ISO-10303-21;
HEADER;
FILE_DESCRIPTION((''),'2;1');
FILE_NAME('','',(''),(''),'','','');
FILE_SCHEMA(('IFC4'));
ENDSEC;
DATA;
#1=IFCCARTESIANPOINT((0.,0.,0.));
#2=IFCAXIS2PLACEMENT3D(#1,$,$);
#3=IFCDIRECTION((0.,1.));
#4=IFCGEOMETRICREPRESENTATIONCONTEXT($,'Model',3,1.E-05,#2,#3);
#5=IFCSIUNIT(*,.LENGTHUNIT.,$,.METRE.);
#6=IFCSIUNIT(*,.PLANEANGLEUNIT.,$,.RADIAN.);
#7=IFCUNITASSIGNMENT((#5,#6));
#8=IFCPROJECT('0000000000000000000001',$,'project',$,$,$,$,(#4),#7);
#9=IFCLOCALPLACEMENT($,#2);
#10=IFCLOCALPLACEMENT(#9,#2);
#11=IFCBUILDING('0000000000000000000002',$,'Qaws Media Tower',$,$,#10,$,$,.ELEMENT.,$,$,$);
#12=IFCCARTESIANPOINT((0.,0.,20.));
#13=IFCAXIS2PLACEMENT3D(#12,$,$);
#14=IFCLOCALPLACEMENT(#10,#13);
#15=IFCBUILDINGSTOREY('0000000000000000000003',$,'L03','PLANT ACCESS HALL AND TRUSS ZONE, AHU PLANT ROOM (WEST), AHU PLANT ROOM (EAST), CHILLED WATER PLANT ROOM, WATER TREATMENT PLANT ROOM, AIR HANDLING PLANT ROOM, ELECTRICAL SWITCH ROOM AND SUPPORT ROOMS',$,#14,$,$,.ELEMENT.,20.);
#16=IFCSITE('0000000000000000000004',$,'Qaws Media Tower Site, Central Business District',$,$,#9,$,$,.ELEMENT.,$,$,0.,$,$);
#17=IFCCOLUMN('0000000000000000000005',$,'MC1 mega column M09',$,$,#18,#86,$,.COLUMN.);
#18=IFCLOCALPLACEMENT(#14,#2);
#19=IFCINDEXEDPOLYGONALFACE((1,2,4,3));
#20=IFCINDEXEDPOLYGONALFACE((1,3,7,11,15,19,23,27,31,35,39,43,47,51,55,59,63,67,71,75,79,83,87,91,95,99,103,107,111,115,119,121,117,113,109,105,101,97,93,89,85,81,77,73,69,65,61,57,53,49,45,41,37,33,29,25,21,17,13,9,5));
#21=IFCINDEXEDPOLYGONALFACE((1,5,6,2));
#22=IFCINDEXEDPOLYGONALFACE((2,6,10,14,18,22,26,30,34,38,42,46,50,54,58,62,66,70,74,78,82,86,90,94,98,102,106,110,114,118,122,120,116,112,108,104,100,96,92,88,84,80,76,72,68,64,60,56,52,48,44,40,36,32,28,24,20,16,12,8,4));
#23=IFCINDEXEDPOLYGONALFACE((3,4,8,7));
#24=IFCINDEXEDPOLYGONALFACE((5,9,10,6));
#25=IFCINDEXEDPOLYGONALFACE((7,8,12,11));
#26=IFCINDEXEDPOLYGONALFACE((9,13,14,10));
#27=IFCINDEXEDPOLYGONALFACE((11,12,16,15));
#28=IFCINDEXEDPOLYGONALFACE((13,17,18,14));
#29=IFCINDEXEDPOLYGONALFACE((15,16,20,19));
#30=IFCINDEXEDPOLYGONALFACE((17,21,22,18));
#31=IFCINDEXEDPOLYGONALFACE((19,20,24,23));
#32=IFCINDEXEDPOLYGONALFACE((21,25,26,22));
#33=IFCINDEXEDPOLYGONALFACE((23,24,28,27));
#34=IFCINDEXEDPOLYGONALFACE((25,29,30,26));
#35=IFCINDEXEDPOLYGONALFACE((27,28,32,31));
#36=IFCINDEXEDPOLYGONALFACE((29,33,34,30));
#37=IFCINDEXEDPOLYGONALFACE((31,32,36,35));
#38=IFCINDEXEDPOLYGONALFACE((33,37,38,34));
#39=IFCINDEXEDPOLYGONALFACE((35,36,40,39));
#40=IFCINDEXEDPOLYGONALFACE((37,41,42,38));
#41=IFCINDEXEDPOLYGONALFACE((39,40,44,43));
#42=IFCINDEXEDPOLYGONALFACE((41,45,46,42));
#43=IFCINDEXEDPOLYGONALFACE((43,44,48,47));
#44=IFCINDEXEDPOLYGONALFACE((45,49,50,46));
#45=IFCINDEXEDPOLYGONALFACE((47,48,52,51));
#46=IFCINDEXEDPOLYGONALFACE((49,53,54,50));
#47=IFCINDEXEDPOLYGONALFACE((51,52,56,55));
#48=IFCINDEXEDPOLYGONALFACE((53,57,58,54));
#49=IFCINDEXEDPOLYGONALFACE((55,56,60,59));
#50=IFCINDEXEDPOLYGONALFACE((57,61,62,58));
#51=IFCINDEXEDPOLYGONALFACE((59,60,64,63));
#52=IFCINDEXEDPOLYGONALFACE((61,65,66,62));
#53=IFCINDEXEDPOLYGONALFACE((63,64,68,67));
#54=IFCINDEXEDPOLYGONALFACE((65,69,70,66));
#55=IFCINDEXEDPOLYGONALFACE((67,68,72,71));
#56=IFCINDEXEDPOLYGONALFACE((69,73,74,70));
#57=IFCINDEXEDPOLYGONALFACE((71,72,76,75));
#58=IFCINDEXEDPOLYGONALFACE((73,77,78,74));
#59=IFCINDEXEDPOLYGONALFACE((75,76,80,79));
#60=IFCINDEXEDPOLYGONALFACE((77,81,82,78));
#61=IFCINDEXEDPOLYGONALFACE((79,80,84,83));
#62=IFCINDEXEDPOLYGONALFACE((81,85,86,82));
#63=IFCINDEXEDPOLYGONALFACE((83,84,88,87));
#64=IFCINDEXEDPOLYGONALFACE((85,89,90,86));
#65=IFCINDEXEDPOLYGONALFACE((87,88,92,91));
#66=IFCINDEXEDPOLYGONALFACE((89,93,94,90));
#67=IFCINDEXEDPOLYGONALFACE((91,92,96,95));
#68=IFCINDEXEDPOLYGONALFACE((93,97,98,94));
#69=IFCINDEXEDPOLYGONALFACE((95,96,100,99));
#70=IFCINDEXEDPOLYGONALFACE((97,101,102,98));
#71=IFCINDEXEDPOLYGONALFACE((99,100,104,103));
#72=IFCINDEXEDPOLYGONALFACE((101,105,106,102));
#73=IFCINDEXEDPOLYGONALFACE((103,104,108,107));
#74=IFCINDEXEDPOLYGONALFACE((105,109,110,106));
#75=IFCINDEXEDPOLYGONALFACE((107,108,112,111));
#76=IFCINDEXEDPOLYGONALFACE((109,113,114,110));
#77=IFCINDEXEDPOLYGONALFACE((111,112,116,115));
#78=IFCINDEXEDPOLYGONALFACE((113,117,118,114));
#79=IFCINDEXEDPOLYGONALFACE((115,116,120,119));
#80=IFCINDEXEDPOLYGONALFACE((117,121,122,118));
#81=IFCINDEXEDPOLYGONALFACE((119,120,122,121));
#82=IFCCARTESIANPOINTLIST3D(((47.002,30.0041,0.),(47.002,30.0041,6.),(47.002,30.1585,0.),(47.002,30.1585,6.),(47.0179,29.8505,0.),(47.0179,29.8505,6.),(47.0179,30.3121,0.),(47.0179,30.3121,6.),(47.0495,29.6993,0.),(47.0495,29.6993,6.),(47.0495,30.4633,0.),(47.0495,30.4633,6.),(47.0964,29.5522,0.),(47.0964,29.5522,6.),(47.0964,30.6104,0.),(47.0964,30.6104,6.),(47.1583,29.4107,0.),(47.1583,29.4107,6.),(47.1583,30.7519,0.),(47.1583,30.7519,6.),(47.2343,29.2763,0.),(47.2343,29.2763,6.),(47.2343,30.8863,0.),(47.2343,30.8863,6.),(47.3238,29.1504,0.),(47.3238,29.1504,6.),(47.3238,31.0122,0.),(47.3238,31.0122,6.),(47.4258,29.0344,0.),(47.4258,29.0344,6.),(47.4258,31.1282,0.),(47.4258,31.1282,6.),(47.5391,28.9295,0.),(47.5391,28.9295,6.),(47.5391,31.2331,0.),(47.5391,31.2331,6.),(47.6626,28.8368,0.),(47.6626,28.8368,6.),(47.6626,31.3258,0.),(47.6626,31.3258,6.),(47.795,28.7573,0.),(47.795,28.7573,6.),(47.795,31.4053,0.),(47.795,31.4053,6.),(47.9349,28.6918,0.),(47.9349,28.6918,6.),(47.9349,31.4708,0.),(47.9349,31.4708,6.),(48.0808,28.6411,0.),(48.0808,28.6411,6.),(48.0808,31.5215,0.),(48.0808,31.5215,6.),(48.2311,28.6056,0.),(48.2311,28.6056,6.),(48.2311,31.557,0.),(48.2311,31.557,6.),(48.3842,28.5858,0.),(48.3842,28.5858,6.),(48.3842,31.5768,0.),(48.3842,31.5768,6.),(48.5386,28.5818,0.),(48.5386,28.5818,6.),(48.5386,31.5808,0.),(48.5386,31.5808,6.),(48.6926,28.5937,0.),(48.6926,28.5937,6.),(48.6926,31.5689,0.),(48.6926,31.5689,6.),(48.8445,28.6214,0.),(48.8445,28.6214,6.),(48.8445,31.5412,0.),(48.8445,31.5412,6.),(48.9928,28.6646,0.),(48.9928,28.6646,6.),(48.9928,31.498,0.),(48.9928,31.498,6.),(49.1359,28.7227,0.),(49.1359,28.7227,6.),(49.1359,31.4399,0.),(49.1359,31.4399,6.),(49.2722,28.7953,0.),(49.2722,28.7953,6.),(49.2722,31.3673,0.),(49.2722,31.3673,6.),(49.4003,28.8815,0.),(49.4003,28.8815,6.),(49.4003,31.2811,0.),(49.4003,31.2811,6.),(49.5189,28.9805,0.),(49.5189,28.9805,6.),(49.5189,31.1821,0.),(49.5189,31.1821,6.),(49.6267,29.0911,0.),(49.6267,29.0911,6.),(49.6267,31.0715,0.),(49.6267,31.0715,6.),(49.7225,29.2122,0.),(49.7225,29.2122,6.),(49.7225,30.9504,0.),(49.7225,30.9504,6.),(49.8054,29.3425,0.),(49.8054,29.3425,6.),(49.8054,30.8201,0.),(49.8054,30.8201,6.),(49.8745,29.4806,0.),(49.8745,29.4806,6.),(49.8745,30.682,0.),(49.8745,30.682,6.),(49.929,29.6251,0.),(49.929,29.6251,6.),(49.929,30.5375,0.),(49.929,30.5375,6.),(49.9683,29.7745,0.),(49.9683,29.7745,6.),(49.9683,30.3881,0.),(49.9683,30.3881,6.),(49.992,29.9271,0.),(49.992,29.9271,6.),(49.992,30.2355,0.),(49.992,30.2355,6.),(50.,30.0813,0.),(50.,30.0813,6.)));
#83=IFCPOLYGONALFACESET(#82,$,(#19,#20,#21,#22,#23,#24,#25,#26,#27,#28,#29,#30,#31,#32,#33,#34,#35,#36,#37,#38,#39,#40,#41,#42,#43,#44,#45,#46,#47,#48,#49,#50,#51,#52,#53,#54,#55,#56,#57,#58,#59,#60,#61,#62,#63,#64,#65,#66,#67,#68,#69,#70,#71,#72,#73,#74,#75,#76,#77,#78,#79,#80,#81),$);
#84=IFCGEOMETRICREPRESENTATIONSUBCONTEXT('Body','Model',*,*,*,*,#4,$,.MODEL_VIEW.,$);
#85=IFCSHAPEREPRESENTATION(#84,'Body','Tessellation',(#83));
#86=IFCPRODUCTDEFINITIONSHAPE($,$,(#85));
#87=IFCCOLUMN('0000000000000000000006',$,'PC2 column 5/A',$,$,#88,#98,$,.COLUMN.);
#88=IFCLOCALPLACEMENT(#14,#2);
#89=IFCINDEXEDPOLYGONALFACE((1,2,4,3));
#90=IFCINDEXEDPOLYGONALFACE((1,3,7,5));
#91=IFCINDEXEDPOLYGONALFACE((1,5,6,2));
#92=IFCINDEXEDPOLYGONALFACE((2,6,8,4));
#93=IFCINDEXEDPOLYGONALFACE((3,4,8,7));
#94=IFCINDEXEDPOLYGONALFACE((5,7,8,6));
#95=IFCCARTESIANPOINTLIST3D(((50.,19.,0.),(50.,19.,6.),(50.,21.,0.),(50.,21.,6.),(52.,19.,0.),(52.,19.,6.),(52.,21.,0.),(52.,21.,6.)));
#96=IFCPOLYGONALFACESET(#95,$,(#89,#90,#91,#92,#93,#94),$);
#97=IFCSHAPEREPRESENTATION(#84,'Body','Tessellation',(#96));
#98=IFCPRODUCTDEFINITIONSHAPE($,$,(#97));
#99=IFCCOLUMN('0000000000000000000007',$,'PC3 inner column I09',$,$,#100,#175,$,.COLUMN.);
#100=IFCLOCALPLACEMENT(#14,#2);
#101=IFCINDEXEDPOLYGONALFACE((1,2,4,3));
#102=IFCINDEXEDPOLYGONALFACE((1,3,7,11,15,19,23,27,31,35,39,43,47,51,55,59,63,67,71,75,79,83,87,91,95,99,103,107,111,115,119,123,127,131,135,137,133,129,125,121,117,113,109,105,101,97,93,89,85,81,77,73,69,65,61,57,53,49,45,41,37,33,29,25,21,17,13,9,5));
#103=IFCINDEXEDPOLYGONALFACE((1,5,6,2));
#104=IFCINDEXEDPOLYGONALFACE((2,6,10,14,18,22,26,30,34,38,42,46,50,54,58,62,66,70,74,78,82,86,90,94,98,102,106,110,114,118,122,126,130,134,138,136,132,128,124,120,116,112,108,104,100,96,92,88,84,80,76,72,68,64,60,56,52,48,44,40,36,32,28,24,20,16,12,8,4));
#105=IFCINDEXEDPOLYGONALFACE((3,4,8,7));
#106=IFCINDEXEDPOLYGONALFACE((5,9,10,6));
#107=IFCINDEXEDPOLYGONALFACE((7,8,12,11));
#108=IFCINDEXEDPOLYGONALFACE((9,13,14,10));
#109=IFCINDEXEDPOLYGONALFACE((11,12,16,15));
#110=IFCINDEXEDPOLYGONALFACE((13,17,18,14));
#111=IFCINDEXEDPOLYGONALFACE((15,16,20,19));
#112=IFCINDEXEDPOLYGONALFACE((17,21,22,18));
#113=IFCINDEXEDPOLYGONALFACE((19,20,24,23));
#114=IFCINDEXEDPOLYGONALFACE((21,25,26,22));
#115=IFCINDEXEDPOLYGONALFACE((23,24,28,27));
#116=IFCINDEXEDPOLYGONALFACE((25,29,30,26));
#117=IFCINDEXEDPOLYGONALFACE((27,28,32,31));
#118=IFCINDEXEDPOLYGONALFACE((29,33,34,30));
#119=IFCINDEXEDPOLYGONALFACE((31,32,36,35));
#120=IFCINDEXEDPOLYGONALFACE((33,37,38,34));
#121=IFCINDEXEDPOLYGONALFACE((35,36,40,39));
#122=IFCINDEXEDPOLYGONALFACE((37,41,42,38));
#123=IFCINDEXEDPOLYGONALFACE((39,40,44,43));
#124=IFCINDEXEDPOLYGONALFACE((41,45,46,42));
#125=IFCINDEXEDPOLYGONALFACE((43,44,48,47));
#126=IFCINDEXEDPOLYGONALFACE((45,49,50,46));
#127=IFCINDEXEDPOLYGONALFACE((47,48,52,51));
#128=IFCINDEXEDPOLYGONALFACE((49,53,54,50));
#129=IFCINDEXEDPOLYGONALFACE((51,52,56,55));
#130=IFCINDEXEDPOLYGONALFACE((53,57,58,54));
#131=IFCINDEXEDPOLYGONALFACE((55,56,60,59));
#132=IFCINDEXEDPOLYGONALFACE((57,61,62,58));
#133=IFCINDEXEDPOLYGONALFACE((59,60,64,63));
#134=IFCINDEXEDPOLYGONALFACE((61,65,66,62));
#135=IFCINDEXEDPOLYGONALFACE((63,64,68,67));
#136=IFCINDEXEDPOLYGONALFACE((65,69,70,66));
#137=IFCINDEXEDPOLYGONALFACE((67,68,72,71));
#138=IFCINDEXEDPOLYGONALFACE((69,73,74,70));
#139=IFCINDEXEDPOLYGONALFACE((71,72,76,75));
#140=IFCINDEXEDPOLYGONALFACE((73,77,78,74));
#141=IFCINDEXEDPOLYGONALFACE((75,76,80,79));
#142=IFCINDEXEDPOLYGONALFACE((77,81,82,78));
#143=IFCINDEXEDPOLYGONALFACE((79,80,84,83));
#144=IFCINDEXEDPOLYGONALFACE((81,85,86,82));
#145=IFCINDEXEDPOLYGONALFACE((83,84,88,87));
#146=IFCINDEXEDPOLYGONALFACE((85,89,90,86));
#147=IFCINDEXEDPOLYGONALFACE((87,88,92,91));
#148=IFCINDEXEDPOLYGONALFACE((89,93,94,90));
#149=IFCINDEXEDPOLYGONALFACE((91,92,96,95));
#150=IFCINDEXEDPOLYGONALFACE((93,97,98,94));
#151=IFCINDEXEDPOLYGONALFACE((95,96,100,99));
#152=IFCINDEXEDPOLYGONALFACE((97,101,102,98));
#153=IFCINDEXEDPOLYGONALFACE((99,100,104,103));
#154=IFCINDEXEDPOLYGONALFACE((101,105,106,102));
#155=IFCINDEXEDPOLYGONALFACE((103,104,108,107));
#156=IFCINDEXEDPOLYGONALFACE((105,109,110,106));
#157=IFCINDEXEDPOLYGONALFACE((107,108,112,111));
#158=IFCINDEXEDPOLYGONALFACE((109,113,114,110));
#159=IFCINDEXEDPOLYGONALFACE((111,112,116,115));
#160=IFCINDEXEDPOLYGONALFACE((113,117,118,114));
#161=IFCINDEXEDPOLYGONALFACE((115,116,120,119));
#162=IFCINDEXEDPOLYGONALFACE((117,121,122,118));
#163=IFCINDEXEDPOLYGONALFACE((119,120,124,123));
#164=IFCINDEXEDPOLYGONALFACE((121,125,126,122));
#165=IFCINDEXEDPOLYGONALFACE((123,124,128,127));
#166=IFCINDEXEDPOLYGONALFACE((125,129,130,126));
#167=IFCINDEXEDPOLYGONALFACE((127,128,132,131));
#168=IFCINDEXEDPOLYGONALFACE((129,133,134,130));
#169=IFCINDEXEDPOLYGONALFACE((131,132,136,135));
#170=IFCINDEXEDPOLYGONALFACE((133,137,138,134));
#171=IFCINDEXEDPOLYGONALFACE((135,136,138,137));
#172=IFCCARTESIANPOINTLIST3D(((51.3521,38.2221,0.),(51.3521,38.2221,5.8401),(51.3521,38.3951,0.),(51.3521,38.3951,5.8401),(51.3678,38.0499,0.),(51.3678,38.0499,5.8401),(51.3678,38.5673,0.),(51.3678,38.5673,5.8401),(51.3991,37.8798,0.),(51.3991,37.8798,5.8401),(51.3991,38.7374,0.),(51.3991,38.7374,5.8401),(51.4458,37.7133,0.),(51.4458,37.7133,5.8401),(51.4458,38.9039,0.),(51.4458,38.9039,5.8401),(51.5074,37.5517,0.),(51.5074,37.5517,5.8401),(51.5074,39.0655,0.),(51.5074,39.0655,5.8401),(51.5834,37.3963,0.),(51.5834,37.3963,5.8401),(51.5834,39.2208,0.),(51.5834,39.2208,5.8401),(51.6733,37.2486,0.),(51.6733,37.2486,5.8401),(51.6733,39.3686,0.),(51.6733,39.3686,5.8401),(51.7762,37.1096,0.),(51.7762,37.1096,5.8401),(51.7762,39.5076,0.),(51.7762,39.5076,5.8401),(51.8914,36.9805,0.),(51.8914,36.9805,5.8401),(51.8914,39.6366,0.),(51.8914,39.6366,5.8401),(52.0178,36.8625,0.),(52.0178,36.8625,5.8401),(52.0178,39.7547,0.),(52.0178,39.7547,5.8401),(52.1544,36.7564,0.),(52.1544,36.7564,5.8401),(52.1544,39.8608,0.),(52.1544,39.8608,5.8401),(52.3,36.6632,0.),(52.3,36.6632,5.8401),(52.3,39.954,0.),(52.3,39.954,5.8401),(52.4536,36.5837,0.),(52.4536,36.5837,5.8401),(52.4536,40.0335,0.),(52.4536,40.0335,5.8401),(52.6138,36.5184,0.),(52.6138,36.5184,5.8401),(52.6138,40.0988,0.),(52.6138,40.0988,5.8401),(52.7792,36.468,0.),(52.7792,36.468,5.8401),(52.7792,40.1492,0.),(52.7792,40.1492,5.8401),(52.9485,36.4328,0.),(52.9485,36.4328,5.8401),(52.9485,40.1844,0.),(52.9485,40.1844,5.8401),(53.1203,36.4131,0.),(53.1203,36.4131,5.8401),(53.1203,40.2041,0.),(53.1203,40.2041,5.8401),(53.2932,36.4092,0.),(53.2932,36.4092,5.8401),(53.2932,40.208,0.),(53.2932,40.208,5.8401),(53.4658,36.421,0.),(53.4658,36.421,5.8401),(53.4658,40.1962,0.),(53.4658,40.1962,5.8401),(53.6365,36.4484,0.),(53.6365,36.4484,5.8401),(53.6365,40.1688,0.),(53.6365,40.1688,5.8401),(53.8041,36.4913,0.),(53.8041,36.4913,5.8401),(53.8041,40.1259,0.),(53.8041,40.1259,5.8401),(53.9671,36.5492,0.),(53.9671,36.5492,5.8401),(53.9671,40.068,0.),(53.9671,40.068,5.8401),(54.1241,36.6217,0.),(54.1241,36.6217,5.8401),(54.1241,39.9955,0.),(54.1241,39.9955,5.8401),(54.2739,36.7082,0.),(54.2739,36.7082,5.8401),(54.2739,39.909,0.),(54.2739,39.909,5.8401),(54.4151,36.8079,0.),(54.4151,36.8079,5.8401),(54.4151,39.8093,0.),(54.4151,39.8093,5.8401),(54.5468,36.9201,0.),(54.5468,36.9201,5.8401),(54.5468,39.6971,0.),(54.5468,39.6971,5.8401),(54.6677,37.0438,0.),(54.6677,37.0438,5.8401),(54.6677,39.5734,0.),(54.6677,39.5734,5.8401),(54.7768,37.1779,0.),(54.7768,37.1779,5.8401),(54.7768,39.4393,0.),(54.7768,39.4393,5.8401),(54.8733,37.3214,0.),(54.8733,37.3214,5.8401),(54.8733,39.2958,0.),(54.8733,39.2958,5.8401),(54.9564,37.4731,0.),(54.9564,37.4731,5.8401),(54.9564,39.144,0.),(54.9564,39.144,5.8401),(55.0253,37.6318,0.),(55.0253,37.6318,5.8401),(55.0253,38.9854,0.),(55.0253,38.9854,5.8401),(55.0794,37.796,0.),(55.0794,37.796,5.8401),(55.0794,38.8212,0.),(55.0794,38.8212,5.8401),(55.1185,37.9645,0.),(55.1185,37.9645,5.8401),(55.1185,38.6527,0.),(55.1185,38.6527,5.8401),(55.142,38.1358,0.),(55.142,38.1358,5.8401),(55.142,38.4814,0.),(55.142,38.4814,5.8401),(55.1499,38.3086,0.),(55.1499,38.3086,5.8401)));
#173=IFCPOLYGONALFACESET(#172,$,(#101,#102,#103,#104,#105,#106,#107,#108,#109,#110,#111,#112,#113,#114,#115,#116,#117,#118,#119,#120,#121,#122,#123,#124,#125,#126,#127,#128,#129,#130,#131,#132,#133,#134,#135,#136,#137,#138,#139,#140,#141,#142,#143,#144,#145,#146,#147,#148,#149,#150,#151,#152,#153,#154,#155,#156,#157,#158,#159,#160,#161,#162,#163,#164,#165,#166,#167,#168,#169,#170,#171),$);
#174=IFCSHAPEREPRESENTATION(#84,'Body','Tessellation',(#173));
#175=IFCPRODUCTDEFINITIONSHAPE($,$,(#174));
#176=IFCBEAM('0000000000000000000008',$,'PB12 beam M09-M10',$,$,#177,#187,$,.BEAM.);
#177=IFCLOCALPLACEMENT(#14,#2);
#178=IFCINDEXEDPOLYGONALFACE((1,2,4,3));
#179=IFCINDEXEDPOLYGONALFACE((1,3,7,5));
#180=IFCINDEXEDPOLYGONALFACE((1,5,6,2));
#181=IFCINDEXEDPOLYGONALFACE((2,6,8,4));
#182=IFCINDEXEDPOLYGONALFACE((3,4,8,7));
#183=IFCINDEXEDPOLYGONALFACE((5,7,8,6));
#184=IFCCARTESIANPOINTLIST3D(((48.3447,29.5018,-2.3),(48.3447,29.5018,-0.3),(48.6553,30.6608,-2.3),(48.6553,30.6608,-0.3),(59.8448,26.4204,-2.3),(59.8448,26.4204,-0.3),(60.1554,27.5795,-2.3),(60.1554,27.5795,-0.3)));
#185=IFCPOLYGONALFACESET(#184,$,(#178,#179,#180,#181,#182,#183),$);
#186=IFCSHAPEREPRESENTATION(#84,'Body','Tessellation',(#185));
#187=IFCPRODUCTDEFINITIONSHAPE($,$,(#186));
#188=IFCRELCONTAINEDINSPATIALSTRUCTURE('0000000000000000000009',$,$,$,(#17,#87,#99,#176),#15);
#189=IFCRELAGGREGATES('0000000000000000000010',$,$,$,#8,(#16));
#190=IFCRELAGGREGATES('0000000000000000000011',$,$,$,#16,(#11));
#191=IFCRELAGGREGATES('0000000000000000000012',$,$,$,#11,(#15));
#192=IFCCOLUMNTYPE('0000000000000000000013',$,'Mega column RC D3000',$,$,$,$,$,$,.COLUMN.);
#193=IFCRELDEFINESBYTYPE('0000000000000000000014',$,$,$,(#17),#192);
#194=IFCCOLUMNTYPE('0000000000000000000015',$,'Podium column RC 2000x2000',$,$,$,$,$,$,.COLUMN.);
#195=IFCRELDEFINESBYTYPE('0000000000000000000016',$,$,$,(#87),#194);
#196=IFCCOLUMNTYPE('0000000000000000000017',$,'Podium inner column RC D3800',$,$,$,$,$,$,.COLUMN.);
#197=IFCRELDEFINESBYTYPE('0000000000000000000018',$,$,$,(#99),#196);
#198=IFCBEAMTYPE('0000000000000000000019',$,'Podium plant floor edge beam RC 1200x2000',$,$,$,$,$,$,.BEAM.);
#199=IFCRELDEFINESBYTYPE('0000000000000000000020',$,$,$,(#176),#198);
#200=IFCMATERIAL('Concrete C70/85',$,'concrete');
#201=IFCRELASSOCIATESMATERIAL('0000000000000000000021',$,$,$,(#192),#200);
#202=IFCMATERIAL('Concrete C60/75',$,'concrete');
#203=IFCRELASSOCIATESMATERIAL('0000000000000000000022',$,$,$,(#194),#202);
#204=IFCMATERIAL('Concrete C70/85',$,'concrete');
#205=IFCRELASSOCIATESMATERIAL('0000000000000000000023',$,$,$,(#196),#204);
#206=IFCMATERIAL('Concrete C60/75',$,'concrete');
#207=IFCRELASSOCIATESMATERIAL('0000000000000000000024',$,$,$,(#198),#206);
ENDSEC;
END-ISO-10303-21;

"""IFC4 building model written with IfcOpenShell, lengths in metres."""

from ifc_helpers import new_model, si_unit, direction, frame, origin, origin_2d, place, context, subcontext, project, spatial, rectangle, circle, extrude, material, material_profile, profile_set, type_object, element, save


model = new_model("IFC4")

# Units and contexts
model_context = context("Model", 3, precision=1e-05, world=origin(), true_north=direction((0.0, 1.0)))
body_context = subcontext(model_context, "Body", "Model", "MODEL_VIEW")
ifc_project = project(units=[si_unit("LENGTHUNIT", "METRE"), si_unit("PLANEANGLEUNIT", "RADIAN")], contexts=[model_context])

# Site, building, storey
site_placement = place(None, origin())
site = spatial("IfcSite", under=ifc_project, at=site_placement, Name="Qaws Media Tower Site, Central Business District", CompositionType="ELEMENT", RefElevation=0.0)
building_placement = place(site_placement, origin())
building = spatial("IfcBuilding", under=site, at=building_placement, Name="Qaws Media Tower", CompositionType="ELEMENT")
storey_placement = place(building_placement, frame((0.0, 0.0, 20.0)))
storey = spatial("IfcBuildingStorey", under=building, at=storey_placement, Name="L03", Description="PLANT ACCESS HALL AND TRUSS ZONE, AHU PLANT ROOM (WEST), AHU PLANT ROOM (EAST), CHILLED WATER PLANT ROOM, WATER TREATMENT PLANT ROOM, AIR HANDLING PLANT ROOM, ELECTRICAL SWITCH ROOM AND SUPPORT ROOMS", CompositionType="ELEMENT", Elevation=20.0)

# Columns
ifc_material_1 = material(Name="Concrete C70/85", Category="concrete")
ifc_material_profile_1 = material_profile(ifc_material_1, circle(Radius=1.5, at=origin_2d()), Name="RC D3000")
ifc_profile_set_1 = profile_set([ifc_material_profile_1], Name="Concrete C70/85")
column_type_1 = type_object("IfcColumnType", Name="Mega column RC D3000", PredefinedType="COLUMN", material=ifc_profile_set_1)
column_1_placement = place(storey_placement, frame((48.5, 30.0813, 0.0), z_axis=(0.0, 0.0, 1.0), x_axis=(1.0, 0.0, 0.0)))
element("IfcColumn", 1, at=column_1_placement, inside=storey, type_object=column_type_1, Name="MC1 mega column M09", PredefinedType="COLUMN", context=body_context, shape_type="SweptSolid", body=[
    extrude(circle(Radius=1.5, at=origin_2d()), origin(), (0.0, 0.0, 1.0), 6.0),
])
ifc_material_2 = material(Name="Concrete C60/75", Category="concrete")
ifc_material_profile_2 = material_profile(ifc_material_2, rectangle(XDim=2.0, YDim=2.0, at=origin_2d()), Name="RC 2000x2000")
ifc_profile_set_2 = profile_set([ifc_material_profile_2], Name="Concrete C60/75")
column_type_2 = type_object("IfcColumnType", Name="Podium column RC 2000x2000", PredefinedType="COLUMN", material=ifc_profile_set_2)
column_2_placement = place(storey_placement, frame((51.0, 20.0, 0.0), z_axis=(0.0, 0.0, 1.0), x_axis=(1.0, 0.0, 0.0)))
element("IfcColumn", 2, at=column_2_placement, inside=storey, type_object=column_type_2, Name="PC2 column 5/A", PredefinedType="COLUMN", context=body_context, shape_type="SweptSolid", body=[
    extrude(rectangle(XDim=2.0, YDim=2.0, at=origin_2d()), origin(), (0.0, 0.0, 1.0), 6.0),
])
ifc_material_3 = material(Name="Concrete C70/85", Category="concrete")
ifc_material_profile_3 = material_profile(ifc_material_3, circle(Radius=1.8999, at=origin_2d()), Name="RC D3800")
ifc_profile_set_3 = profile_set([ifc_material_profile_3], Name="Concrete C70/85")
column_type_3 = type_object("IfcColumnType", Name="Podium inner column RC D3800", PredefinedType="COLUMN", material=ifc_profile_set_3)
column_3_placement = place(storey_placement, frame((53.25, 38.3086, 0.0), z_axis=(0.0, 0.0, 1.0), x_axis=(1.0, 0.0, 0.0)))
element("IfcColumn", 3, at=column_3_placement, inside=storey, type_object=column_type_3, Name="PC3 inner column I09", PredefinedType="COLUMN", context=body_context, shape_type="SweptSolid", body=[
    extrude(circle(Radius=1.8999, at=origin_2d()), origin(), (0.0, 0.0, 1.0), 5.8401),
])

# Beam
ifc_material_4 = material(Name="Concrete C60/75", Category="concrete")
ifc_material_profile_4 = material_profile(ifc_material_4, rectangle(XDim=1.2, YDim=2.0, at=origin_2d()), Name="RC 1200x2000")
ifc_profile_set_4 = profile_set([ifc_material_profile_4], Name="Concrete C60/75")
beam_type_1 = type_object("IfcBeamType", Name="Podium plant floor edge beam RC 1200x2000", PredefinedType="BEAM", material=ifc_profile_set_4)
beam_1_placement = place(storey_placement, frame((48.5, 30.0813, -1.3), z_axis=(0.965928, -0.25881, 0.0), x_axis=(0.25881, 0.965928, 0.0)))
element("IfcBeam", 4, at=beam_1_placement, inside=storey, type_object=beam_type_1, Name="PB12 beam M09-M10", PredefinedType="BEAM", context=body_context, shape_type="SweptSolid", body=[
    extrude(rectangle(XDim=1.2, YDim=2.0, at=origin_2d()), origin(), (0.0, 0.0, 1.0), 11.9058),
])

save(model, "model.ifc")
